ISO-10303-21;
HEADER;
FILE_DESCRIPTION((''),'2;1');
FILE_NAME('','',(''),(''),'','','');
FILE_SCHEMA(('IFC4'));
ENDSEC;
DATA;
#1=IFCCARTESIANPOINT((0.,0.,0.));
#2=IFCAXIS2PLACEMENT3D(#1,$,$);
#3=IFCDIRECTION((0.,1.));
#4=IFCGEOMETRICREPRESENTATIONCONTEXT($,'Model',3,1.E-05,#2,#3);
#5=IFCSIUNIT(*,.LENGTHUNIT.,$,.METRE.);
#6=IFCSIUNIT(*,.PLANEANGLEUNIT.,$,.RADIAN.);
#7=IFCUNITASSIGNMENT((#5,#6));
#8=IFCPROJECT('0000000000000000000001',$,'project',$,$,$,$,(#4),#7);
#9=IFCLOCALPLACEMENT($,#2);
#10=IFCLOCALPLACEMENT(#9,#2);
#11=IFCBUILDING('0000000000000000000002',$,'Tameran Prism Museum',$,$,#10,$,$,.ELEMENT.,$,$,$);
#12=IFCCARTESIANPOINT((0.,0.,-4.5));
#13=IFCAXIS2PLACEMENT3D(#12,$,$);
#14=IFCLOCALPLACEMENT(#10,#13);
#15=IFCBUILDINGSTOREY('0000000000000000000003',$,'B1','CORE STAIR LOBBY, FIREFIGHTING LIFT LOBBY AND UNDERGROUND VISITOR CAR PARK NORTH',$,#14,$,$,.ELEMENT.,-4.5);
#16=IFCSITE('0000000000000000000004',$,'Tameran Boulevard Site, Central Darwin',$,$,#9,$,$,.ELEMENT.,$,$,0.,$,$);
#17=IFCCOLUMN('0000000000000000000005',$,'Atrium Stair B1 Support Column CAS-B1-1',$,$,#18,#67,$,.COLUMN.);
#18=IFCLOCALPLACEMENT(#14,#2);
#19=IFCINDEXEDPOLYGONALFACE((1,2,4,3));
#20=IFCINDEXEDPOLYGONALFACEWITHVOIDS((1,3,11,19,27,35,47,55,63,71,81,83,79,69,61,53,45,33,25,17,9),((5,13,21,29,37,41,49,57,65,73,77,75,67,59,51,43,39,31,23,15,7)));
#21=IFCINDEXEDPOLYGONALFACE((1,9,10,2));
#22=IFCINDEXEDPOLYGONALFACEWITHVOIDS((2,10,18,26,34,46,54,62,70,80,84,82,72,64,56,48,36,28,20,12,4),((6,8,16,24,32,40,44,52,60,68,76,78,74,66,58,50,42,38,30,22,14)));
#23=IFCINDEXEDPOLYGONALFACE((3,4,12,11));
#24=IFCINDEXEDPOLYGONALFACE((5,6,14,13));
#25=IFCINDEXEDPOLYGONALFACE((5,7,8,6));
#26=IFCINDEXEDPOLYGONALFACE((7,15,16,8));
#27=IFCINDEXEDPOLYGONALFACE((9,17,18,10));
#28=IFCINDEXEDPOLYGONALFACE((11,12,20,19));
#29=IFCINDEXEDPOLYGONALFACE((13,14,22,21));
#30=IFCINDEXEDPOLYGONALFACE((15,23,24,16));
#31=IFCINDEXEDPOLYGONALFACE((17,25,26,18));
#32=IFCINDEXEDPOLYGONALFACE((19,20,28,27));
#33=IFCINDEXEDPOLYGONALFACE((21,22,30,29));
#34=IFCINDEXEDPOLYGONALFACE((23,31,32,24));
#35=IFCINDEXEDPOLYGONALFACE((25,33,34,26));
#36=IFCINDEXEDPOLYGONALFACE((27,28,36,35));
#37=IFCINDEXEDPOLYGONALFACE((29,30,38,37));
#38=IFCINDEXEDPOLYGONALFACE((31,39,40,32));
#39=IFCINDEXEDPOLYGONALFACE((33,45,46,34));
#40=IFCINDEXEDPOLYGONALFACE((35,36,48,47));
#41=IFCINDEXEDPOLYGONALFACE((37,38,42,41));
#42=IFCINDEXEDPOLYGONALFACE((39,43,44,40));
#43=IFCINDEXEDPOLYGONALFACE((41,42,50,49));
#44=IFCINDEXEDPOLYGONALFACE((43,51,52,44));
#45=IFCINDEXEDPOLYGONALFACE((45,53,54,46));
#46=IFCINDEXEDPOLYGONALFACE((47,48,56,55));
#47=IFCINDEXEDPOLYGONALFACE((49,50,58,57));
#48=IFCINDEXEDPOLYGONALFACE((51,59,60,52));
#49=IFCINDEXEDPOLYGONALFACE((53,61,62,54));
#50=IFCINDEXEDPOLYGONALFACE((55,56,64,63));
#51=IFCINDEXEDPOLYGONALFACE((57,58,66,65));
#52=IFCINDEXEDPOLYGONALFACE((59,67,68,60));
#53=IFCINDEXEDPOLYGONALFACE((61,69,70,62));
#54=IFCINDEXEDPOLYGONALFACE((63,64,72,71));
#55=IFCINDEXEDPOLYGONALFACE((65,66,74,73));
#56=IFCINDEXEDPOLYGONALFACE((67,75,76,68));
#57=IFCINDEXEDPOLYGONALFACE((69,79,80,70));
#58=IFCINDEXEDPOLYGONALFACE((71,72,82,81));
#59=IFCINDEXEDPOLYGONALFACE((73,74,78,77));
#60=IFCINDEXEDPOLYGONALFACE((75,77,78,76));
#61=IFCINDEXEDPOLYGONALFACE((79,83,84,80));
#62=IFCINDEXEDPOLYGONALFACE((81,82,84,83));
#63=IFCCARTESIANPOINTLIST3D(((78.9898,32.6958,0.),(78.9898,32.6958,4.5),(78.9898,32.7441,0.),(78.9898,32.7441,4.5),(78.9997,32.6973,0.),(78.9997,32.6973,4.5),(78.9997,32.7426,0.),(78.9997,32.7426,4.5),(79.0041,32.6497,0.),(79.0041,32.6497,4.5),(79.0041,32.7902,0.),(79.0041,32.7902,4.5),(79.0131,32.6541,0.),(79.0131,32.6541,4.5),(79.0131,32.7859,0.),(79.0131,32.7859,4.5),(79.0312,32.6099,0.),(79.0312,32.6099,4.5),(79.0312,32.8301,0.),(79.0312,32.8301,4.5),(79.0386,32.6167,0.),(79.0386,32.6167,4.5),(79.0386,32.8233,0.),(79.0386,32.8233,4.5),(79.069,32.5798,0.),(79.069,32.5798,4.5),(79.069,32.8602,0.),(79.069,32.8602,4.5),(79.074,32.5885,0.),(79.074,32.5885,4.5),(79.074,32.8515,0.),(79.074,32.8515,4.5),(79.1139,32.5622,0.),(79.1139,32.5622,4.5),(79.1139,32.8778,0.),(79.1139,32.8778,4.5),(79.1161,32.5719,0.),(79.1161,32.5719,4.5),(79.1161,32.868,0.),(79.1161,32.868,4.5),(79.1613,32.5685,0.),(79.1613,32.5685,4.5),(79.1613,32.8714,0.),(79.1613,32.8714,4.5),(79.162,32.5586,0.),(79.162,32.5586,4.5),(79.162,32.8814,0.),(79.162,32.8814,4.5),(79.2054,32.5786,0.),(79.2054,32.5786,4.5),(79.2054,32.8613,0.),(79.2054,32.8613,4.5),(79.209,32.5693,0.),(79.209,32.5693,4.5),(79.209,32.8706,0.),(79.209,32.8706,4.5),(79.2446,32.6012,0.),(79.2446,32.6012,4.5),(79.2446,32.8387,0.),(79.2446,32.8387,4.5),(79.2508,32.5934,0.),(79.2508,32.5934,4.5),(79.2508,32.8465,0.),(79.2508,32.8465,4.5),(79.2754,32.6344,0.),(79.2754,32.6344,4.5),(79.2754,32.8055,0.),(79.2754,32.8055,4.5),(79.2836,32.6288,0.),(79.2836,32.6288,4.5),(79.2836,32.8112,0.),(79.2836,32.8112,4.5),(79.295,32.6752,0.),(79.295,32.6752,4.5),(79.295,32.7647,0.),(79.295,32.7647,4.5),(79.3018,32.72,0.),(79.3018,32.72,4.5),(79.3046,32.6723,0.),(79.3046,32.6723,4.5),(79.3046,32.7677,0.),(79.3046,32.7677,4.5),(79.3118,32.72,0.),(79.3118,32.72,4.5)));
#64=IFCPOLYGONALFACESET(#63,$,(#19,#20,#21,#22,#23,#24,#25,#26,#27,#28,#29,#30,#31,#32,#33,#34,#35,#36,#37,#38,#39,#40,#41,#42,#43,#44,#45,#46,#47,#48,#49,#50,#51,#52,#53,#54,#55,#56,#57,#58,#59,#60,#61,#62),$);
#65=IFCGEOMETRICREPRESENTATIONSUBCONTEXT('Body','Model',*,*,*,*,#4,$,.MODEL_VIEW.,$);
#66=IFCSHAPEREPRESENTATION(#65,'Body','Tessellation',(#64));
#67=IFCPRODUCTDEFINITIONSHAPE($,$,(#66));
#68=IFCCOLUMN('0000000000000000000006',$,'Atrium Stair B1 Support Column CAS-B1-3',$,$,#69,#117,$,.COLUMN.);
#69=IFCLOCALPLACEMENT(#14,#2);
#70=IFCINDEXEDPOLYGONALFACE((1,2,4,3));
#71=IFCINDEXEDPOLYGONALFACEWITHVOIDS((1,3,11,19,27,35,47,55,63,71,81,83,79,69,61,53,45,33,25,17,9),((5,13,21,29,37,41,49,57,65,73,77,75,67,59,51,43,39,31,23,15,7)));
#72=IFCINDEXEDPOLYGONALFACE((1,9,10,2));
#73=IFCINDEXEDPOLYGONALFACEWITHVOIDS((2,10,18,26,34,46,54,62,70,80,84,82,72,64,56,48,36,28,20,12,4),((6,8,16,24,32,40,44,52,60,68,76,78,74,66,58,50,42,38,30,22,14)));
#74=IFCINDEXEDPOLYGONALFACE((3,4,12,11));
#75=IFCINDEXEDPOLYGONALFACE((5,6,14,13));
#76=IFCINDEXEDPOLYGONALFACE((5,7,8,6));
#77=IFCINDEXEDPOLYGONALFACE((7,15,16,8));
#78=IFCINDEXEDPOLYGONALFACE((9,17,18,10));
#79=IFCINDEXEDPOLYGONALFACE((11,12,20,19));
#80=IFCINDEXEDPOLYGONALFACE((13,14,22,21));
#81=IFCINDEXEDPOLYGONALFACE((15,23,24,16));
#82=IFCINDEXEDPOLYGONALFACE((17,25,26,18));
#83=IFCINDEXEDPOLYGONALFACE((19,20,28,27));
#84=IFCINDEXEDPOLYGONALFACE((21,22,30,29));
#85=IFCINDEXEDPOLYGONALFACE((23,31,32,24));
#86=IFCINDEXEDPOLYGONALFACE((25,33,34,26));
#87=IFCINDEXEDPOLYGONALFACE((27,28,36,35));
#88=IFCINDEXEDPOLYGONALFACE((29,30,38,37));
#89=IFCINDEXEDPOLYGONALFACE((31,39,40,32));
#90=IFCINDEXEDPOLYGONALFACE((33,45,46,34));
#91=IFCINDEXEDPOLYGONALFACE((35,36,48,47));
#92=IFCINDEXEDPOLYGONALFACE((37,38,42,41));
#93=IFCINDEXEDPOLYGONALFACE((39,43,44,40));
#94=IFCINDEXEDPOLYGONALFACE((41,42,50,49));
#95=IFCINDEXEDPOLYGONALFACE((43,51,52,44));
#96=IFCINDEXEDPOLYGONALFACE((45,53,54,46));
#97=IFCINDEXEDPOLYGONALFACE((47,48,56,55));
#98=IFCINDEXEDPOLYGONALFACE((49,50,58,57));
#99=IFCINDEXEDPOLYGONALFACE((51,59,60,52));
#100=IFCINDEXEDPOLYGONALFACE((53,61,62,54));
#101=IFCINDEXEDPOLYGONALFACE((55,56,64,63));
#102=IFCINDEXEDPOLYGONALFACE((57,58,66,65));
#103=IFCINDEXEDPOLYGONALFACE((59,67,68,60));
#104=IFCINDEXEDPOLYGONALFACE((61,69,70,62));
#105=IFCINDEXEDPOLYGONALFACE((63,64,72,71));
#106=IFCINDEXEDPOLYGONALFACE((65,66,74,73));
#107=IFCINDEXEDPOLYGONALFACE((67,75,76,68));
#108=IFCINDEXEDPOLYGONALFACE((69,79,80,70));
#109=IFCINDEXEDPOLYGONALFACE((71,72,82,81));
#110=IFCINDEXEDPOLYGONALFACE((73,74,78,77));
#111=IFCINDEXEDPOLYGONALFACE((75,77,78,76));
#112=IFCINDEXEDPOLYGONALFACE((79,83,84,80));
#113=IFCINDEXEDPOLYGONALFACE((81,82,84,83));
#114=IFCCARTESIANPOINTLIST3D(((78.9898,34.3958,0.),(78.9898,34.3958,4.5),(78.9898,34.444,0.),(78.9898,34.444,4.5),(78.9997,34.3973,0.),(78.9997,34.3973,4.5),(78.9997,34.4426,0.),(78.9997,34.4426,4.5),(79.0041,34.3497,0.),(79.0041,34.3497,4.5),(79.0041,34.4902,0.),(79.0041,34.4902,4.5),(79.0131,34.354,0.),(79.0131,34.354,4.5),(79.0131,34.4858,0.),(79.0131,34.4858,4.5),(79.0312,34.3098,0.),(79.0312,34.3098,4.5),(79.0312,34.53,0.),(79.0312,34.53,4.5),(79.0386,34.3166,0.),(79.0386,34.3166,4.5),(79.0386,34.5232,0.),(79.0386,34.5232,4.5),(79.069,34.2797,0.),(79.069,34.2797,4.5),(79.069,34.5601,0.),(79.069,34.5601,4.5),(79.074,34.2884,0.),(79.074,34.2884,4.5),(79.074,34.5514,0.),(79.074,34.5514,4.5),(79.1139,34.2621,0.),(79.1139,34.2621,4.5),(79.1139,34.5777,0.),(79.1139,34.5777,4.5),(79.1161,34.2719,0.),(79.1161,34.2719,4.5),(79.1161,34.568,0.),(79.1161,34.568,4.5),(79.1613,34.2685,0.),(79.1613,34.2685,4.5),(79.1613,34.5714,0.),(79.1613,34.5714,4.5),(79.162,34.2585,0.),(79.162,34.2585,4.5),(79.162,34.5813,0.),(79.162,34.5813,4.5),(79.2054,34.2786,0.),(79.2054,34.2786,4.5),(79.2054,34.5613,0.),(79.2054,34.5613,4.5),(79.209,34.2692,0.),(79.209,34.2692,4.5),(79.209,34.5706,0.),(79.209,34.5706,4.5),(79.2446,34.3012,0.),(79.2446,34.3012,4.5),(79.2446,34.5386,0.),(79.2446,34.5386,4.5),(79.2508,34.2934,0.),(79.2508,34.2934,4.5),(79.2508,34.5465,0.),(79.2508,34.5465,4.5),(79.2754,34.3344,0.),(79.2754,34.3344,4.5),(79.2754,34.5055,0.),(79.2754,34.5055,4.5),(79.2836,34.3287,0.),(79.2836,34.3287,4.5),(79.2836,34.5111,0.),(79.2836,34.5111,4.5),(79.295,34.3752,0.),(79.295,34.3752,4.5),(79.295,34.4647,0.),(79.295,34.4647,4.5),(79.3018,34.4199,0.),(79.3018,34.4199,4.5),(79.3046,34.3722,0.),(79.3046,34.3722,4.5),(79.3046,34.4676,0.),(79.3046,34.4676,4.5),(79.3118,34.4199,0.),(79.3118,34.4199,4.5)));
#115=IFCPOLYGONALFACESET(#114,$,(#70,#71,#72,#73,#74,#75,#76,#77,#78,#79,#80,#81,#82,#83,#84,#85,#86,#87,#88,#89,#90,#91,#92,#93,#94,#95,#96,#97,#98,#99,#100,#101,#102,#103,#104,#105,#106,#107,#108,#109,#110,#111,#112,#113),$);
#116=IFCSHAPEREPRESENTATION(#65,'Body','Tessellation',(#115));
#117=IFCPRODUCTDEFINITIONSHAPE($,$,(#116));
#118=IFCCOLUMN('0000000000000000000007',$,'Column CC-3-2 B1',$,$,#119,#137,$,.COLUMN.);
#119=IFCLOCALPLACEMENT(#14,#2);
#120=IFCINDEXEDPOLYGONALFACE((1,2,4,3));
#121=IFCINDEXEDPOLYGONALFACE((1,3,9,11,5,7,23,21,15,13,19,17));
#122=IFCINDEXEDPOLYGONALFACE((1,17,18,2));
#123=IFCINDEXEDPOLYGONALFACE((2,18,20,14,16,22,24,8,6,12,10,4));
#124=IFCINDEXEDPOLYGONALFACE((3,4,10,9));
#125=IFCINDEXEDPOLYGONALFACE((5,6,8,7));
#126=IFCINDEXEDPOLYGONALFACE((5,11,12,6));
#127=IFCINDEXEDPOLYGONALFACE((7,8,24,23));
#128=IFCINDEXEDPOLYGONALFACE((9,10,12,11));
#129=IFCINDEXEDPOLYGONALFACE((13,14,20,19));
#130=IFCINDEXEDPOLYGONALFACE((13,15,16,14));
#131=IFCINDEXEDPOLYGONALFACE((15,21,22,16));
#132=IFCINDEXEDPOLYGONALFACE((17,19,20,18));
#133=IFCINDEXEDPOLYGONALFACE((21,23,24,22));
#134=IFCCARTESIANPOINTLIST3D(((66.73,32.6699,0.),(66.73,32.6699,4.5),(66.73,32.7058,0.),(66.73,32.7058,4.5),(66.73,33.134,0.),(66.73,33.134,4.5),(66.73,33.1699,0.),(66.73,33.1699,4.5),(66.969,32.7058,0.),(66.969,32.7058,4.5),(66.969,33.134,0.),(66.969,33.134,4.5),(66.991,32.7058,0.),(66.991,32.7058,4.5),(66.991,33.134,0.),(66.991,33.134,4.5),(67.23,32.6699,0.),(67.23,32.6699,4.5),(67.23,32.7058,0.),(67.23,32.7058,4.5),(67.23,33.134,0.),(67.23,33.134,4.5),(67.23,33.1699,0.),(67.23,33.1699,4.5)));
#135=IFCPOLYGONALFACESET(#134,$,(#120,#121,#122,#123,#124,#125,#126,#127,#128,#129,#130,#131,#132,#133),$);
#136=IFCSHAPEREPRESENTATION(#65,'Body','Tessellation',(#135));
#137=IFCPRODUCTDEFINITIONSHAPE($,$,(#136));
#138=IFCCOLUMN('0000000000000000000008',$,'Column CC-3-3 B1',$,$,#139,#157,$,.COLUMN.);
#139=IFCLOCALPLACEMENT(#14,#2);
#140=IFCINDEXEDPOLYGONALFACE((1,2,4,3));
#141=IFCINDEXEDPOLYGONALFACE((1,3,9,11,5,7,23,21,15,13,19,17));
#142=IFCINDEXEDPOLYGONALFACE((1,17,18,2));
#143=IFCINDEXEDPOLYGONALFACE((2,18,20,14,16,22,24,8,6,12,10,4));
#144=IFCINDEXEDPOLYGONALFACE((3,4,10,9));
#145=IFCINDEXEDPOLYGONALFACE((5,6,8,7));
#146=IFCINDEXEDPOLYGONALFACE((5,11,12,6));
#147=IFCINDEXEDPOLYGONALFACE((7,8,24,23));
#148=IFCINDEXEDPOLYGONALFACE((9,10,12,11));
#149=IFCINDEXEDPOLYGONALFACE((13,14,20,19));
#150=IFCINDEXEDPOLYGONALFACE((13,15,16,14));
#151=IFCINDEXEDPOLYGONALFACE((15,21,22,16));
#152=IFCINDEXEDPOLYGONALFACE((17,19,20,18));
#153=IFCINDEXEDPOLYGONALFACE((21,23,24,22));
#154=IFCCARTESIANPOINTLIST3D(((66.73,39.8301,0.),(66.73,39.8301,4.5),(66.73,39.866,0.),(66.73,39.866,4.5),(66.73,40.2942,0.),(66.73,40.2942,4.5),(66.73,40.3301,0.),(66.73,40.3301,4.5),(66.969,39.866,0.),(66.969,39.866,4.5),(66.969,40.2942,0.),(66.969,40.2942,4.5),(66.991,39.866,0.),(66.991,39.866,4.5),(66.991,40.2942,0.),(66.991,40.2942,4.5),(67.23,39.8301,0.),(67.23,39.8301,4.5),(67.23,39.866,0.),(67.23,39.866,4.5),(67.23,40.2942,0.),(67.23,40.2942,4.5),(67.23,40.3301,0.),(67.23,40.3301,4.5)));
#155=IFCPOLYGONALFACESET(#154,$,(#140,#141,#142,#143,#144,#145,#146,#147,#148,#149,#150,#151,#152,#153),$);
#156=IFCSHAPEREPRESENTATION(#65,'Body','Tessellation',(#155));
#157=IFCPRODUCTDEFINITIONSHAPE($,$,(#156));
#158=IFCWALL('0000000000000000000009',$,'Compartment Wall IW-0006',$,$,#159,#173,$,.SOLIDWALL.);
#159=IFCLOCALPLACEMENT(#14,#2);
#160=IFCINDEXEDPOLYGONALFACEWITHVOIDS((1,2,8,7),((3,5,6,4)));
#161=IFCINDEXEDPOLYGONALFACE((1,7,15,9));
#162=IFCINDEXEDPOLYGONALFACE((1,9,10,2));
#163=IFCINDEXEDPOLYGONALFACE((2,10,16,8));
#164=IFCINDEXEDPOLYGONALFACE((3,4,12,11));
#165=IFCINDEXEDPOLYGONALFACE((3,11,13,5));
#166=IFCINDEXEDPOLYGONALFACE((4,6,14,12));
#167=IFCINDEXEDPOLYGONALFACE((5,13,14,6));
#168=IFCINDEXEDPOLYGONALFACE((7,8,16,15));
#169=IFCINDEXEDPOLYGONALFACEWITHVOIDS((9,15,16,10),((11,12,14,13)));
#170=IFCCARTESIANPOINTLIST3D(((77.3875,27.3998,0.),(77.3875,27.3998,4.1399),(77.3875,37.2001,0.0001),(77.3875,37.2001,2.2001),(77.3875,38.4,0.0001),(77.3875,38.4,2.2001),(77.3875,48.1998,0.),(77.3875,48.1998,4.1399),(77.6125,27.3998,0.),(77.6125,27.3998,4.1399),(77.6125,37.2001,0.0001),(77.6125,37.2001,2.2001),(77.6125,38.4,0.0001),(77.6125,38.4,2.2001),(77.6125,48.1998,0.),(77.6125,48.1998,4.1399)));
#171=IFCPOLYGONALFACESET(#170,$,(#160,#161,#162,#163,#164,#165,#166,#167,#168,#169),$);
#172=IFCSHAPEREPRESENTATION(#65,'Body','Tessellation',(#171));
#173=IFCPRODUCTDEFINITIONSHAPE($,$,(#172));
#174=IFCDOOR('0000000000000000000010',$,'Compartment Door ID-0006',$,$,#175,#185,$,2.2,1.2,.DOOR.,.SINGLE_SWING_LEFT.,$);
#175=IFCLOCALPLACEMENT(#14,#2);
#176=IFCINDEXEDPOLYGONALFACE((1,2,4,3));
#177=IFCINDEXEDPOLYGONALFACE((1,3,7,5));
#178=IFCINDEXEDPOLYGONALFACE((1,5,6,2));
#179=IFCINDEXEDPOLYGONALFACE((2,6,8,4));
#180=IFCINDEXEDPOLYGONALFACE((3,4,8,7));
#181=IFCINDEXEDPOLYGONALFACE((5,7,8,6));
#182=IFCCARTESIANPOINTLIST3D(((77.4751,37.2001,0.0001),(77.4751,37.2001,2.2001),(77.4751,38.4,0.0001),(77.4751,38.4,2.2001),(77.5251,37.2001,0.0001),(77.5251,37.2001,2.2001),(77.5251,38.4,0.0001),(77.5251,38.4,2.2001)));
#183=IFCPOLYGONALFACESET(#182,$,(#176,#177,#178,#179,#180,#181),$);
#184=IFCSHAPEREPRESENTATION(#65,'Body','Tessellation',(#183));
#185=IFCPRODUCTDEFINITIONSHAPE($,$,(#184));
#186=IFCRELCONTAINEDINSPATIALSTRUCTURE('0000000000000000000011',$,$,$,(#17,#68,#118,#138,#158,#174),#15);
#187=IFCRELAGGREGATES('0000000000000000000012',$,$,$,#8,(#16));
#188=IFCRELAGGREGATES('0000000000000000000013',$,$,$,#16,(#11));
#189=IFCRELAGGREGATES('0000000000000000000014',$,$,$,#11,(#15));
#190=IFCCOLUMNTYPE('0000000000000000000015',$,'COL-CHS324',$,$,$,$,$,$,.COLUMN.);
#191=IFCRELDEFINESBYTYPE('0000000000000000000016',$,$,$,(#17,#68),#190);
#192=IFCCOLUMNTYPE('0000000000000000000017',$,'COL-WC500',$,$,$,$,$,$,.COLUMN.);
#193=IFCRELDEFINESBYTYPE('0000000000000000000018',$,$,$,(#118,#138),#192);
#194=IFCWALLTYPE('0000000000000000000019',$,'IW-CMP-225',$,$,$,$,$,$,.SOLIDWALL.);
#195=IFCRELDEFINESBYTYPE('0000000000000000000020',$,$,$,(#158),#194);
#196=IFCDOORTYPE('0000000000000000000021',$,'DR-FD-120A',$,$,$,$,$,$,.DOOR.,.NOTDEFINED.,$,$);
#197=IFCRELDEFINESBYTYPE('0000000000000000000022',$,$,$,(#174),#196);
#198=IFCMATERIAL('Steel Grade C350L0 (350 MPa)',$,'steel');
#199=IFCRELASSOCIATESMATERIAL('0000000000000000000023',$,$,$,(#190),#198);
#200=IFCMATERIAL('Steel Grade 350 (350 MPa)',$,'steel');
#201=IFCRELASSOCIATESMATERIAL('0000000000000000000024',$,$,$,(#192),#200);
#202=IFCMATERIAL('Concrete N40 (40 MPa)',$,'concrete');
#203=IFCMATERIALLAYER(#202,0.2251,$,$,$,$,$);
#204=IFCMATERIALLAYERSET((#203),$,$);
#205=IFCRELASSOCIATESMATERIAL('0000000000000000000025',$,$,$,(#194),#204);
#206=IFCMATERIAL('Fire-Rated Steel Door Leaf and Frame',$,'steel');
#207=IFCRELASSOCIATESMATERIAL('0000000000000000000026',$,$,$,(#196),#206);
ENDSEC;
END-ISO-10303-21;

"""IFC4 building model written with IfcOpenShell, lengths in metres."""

from ifc_helpers import new_model, si_unit, direction, frame, frame_2d, origin, origin_2d, place, context, subcontext, project, spatial, rectangle, hollow_circle, i_section, extrude, material, layer, layer_set, material_profile, profile_set, type_object, element, fill, save


model = new_model("IFC4")

# Units and contexts
model_context = context("Model", 3, precision=1e-05, world=origin(), true_north=direction((0.0, 1.0)))
body_context = subcontext(model_context, "Body", "Model", "MODEL_VIEW")
ifc_project = project(units=[si_unit("LENGTHUNIT", "METRE"), si_unit("PLANEANGLEUNIT", "RADIAN")], contexts=[model_context])

# Site, building, storey
site_placement = place(None, origin())
site = spatial("IfcSite", under=ifc_project, at=site_placement, Name="Tameran Boulevard Site, Central Darwin", CompositionType="ELEMENT", RefElevation=0.0)
building_placement = place(site_placement, origin())
building = spatial("IfcBuilding", under=site, at=building_placement, Name="Tameran Prism Museum", CompositionType="ELEMENT")
storey_placement = place(building_placement, frame((0.0, 0.0, -4.5)))
storey = spatial("IfcBuildingStorey", under=building, at=storey_placement, Name="B1", Description="CORE STAIR LOBBY, FIREFIGHTING LIFT LOBBY AND UNDERGROUND VISITOR CAR PARK NORTH", CompositionType="ELEMENT", Elevation=-4.5)

# Columns
ifc_material_1 = material(Name="Steel Grade C350L0 (350 MPa)", Category="steel")
ifc_material_profile_1 = material_profile(ifc_material_1, hollow_circle(Radius=0.1619, WallThickness=0.01, at=origin_2d()))
ifc_profile_set_1 = profile_set([ifc_material_profile_1])
column_type_1 = type_object("IfcColumnType", Name="COL-CHS324", PredefinedType="COLUMN", material=ifc_profile_set_1)
for number, where, z_axis, x_axis, name in (
    (1, (79.1499, 32.72, 0.0), (0.0, 0.0, 1.0), (1.0, 0.0, 0.0), "Atrium Stair B1 Support Column CAS-B1-1"),
    (2, (79.1499, 34.4199, 0.0), (0.0, 0.0, 1.0), (1.0, 0.0, 0.0), "Atrium Stair B1 Support Column CAS-B1-3"),
):
    element("IfcColumn", number, at=place(storey_placement, frame(where, z_axis=z_axis, x_axis=x_axis)), inside=storey, type_object=column_type_1, Name=name, PredefinedType="COLUMN", context=body_context, shape_type="SweptSolid", body=[
        extrude(hollow_circle(Radius=0.1619, WallThickness=0.01, at=origin_2d()), origin(), (0.0, 0.0, 1.0), 4.5),
    ])
ifc_material_2 = material(Name="Steel Grade 350 (350 MPa)", Category="steel")
ifc_material_profile_2 = material_profile(ifc_material_2, i_section(OverallWidth=0.5, OverallDepth=0.5, WebThickness=0.022, FlangeThickness=0.0359, at=origin_2d()))
ifc_profile_set_2 = profile_set([ifc_material_profile_2])
column_type_2 = type_object("IfcColumnType", Name="COL-WC500", PredefinedType="COLUMN", material=ifc_profile_set_2)
for number, where, z_axis, x_axis, name in (
    (3, (66.98, 32.9199, 0.0), (0.0, 0.0, 1.0), (1.0, 0.0, 0.0), "Column CC-3-2 B1"),
    (4, (66.98, 40.0801, 0.0), (0.0, 0.0, 1.0), (1.0, 0.0, 0.0), "Column CC-3-3 B1"),
):
    element("IfcColumn", number, at=place(storey_placement, frame(where, z_axis=z_axis, x_axis=x_axis)), inside=storey, type_object=column_type_2, Name=name, PredefinedType="COLUMN", context=body_context, shape_type="SweptSolid", body=[
        extrude(i_section(OverallWidth=0.5, OverallDepth=0.5, WebThickness=0.022, FlangeThickness=0.0359, at=origin_2d()), origin(), (0.0, 0.0, 1.0), 4.5),
    ])

# Wall, opening, door
ifc_material_3 = material(Name="Concrete N40 (40 MPa)", Category="concrete")
ifc_layer_1 = layer(ifc_material_3, 0.2251)
ifc_layer_set_1 = layer_set([ifc_layer_1])
wall_type_1 = type_object("IfcWallType", Name="IW-CMP-225", PredefinedType="SOLIDWALL", material=ifc_layer_set_1)
wall_1_placement = place(storey_placement, frame((77.5, 27.3999, 0.0), z_axis=(0.0, 0.0, 1.0), x_axis=(0.0, 1.0, 0.0)))
wall_1 = element("IfcWall", 5, at=wall_1_placement, inside=storey, type_object=wall_type_1, Name="Compartment Wall IW-0006", PredefinedType="SOLIDWALL", context=body_context, shape_type="SweptSolid", body=[
    extrude(rectangle(XDim=20.8, YDim=0.2251, at=frame_2d((10.3999, 0.0))), origin(), (0.0, 0.0, 1.0), 4.1399),
])
opening_1_placement = place(wall_1_placement, frame((9.8, 0.0, 0.0)))
opening_1 = element("IfcOpeningElement", 6, at=opening_1_placement, cuts=wall_1, PredefinedType="OPENING", context=body_context, shape_type="SweptSolid", body=[
    extrude(rectangle(XDim=1.2, YDim=2.2, at=frame_2d((0.6001, 1.1001))), frame((0.0, 0.1226, 0.0), z_axis=(0.0, -1.0, 0.0), x_axis=(1.0, 0.0, 0.0)), (0.0, 0.0, 1.0), 0.2451),
])
ifc_material_4 = material(Name="Fire-Rated Steel Door Leaf and Frame", Category="steel")
door_type_1 = type_object("IfcDoorType", Name="DR-FD-120A", OperationType="NOTDEFINED", PredefinedType="DOOR", material=ifc_material_4)
door_1_placement = place(opening_1_placement, origin())
door_1 = element("IfcDoor", 7, at=door_1_placement, inside=storey, type_object=door_type_1, Name="Compartment Door ID-0006", OperationType="SINGLE_SWING_LEFT", OverallHeight=2.2, OverallWidth=1.2, PredefinedType="DOOR", context=body_context, shape_type="SweptSolid", body=[
    extrude(rectangle(XDim=1.2, YDim=2.2, at=frame_2d((0.6001, 1.1001))), frame((0.0, 0.0249, 0.0), z_axis=(0.0, -1.0, 0.0), x_axis=(1.0, 0.0, 0.0)), (0.0, 0.0, 1.0), 0.05),
])
fill(opening_1, door_1)

save(model, "model.ifc")
